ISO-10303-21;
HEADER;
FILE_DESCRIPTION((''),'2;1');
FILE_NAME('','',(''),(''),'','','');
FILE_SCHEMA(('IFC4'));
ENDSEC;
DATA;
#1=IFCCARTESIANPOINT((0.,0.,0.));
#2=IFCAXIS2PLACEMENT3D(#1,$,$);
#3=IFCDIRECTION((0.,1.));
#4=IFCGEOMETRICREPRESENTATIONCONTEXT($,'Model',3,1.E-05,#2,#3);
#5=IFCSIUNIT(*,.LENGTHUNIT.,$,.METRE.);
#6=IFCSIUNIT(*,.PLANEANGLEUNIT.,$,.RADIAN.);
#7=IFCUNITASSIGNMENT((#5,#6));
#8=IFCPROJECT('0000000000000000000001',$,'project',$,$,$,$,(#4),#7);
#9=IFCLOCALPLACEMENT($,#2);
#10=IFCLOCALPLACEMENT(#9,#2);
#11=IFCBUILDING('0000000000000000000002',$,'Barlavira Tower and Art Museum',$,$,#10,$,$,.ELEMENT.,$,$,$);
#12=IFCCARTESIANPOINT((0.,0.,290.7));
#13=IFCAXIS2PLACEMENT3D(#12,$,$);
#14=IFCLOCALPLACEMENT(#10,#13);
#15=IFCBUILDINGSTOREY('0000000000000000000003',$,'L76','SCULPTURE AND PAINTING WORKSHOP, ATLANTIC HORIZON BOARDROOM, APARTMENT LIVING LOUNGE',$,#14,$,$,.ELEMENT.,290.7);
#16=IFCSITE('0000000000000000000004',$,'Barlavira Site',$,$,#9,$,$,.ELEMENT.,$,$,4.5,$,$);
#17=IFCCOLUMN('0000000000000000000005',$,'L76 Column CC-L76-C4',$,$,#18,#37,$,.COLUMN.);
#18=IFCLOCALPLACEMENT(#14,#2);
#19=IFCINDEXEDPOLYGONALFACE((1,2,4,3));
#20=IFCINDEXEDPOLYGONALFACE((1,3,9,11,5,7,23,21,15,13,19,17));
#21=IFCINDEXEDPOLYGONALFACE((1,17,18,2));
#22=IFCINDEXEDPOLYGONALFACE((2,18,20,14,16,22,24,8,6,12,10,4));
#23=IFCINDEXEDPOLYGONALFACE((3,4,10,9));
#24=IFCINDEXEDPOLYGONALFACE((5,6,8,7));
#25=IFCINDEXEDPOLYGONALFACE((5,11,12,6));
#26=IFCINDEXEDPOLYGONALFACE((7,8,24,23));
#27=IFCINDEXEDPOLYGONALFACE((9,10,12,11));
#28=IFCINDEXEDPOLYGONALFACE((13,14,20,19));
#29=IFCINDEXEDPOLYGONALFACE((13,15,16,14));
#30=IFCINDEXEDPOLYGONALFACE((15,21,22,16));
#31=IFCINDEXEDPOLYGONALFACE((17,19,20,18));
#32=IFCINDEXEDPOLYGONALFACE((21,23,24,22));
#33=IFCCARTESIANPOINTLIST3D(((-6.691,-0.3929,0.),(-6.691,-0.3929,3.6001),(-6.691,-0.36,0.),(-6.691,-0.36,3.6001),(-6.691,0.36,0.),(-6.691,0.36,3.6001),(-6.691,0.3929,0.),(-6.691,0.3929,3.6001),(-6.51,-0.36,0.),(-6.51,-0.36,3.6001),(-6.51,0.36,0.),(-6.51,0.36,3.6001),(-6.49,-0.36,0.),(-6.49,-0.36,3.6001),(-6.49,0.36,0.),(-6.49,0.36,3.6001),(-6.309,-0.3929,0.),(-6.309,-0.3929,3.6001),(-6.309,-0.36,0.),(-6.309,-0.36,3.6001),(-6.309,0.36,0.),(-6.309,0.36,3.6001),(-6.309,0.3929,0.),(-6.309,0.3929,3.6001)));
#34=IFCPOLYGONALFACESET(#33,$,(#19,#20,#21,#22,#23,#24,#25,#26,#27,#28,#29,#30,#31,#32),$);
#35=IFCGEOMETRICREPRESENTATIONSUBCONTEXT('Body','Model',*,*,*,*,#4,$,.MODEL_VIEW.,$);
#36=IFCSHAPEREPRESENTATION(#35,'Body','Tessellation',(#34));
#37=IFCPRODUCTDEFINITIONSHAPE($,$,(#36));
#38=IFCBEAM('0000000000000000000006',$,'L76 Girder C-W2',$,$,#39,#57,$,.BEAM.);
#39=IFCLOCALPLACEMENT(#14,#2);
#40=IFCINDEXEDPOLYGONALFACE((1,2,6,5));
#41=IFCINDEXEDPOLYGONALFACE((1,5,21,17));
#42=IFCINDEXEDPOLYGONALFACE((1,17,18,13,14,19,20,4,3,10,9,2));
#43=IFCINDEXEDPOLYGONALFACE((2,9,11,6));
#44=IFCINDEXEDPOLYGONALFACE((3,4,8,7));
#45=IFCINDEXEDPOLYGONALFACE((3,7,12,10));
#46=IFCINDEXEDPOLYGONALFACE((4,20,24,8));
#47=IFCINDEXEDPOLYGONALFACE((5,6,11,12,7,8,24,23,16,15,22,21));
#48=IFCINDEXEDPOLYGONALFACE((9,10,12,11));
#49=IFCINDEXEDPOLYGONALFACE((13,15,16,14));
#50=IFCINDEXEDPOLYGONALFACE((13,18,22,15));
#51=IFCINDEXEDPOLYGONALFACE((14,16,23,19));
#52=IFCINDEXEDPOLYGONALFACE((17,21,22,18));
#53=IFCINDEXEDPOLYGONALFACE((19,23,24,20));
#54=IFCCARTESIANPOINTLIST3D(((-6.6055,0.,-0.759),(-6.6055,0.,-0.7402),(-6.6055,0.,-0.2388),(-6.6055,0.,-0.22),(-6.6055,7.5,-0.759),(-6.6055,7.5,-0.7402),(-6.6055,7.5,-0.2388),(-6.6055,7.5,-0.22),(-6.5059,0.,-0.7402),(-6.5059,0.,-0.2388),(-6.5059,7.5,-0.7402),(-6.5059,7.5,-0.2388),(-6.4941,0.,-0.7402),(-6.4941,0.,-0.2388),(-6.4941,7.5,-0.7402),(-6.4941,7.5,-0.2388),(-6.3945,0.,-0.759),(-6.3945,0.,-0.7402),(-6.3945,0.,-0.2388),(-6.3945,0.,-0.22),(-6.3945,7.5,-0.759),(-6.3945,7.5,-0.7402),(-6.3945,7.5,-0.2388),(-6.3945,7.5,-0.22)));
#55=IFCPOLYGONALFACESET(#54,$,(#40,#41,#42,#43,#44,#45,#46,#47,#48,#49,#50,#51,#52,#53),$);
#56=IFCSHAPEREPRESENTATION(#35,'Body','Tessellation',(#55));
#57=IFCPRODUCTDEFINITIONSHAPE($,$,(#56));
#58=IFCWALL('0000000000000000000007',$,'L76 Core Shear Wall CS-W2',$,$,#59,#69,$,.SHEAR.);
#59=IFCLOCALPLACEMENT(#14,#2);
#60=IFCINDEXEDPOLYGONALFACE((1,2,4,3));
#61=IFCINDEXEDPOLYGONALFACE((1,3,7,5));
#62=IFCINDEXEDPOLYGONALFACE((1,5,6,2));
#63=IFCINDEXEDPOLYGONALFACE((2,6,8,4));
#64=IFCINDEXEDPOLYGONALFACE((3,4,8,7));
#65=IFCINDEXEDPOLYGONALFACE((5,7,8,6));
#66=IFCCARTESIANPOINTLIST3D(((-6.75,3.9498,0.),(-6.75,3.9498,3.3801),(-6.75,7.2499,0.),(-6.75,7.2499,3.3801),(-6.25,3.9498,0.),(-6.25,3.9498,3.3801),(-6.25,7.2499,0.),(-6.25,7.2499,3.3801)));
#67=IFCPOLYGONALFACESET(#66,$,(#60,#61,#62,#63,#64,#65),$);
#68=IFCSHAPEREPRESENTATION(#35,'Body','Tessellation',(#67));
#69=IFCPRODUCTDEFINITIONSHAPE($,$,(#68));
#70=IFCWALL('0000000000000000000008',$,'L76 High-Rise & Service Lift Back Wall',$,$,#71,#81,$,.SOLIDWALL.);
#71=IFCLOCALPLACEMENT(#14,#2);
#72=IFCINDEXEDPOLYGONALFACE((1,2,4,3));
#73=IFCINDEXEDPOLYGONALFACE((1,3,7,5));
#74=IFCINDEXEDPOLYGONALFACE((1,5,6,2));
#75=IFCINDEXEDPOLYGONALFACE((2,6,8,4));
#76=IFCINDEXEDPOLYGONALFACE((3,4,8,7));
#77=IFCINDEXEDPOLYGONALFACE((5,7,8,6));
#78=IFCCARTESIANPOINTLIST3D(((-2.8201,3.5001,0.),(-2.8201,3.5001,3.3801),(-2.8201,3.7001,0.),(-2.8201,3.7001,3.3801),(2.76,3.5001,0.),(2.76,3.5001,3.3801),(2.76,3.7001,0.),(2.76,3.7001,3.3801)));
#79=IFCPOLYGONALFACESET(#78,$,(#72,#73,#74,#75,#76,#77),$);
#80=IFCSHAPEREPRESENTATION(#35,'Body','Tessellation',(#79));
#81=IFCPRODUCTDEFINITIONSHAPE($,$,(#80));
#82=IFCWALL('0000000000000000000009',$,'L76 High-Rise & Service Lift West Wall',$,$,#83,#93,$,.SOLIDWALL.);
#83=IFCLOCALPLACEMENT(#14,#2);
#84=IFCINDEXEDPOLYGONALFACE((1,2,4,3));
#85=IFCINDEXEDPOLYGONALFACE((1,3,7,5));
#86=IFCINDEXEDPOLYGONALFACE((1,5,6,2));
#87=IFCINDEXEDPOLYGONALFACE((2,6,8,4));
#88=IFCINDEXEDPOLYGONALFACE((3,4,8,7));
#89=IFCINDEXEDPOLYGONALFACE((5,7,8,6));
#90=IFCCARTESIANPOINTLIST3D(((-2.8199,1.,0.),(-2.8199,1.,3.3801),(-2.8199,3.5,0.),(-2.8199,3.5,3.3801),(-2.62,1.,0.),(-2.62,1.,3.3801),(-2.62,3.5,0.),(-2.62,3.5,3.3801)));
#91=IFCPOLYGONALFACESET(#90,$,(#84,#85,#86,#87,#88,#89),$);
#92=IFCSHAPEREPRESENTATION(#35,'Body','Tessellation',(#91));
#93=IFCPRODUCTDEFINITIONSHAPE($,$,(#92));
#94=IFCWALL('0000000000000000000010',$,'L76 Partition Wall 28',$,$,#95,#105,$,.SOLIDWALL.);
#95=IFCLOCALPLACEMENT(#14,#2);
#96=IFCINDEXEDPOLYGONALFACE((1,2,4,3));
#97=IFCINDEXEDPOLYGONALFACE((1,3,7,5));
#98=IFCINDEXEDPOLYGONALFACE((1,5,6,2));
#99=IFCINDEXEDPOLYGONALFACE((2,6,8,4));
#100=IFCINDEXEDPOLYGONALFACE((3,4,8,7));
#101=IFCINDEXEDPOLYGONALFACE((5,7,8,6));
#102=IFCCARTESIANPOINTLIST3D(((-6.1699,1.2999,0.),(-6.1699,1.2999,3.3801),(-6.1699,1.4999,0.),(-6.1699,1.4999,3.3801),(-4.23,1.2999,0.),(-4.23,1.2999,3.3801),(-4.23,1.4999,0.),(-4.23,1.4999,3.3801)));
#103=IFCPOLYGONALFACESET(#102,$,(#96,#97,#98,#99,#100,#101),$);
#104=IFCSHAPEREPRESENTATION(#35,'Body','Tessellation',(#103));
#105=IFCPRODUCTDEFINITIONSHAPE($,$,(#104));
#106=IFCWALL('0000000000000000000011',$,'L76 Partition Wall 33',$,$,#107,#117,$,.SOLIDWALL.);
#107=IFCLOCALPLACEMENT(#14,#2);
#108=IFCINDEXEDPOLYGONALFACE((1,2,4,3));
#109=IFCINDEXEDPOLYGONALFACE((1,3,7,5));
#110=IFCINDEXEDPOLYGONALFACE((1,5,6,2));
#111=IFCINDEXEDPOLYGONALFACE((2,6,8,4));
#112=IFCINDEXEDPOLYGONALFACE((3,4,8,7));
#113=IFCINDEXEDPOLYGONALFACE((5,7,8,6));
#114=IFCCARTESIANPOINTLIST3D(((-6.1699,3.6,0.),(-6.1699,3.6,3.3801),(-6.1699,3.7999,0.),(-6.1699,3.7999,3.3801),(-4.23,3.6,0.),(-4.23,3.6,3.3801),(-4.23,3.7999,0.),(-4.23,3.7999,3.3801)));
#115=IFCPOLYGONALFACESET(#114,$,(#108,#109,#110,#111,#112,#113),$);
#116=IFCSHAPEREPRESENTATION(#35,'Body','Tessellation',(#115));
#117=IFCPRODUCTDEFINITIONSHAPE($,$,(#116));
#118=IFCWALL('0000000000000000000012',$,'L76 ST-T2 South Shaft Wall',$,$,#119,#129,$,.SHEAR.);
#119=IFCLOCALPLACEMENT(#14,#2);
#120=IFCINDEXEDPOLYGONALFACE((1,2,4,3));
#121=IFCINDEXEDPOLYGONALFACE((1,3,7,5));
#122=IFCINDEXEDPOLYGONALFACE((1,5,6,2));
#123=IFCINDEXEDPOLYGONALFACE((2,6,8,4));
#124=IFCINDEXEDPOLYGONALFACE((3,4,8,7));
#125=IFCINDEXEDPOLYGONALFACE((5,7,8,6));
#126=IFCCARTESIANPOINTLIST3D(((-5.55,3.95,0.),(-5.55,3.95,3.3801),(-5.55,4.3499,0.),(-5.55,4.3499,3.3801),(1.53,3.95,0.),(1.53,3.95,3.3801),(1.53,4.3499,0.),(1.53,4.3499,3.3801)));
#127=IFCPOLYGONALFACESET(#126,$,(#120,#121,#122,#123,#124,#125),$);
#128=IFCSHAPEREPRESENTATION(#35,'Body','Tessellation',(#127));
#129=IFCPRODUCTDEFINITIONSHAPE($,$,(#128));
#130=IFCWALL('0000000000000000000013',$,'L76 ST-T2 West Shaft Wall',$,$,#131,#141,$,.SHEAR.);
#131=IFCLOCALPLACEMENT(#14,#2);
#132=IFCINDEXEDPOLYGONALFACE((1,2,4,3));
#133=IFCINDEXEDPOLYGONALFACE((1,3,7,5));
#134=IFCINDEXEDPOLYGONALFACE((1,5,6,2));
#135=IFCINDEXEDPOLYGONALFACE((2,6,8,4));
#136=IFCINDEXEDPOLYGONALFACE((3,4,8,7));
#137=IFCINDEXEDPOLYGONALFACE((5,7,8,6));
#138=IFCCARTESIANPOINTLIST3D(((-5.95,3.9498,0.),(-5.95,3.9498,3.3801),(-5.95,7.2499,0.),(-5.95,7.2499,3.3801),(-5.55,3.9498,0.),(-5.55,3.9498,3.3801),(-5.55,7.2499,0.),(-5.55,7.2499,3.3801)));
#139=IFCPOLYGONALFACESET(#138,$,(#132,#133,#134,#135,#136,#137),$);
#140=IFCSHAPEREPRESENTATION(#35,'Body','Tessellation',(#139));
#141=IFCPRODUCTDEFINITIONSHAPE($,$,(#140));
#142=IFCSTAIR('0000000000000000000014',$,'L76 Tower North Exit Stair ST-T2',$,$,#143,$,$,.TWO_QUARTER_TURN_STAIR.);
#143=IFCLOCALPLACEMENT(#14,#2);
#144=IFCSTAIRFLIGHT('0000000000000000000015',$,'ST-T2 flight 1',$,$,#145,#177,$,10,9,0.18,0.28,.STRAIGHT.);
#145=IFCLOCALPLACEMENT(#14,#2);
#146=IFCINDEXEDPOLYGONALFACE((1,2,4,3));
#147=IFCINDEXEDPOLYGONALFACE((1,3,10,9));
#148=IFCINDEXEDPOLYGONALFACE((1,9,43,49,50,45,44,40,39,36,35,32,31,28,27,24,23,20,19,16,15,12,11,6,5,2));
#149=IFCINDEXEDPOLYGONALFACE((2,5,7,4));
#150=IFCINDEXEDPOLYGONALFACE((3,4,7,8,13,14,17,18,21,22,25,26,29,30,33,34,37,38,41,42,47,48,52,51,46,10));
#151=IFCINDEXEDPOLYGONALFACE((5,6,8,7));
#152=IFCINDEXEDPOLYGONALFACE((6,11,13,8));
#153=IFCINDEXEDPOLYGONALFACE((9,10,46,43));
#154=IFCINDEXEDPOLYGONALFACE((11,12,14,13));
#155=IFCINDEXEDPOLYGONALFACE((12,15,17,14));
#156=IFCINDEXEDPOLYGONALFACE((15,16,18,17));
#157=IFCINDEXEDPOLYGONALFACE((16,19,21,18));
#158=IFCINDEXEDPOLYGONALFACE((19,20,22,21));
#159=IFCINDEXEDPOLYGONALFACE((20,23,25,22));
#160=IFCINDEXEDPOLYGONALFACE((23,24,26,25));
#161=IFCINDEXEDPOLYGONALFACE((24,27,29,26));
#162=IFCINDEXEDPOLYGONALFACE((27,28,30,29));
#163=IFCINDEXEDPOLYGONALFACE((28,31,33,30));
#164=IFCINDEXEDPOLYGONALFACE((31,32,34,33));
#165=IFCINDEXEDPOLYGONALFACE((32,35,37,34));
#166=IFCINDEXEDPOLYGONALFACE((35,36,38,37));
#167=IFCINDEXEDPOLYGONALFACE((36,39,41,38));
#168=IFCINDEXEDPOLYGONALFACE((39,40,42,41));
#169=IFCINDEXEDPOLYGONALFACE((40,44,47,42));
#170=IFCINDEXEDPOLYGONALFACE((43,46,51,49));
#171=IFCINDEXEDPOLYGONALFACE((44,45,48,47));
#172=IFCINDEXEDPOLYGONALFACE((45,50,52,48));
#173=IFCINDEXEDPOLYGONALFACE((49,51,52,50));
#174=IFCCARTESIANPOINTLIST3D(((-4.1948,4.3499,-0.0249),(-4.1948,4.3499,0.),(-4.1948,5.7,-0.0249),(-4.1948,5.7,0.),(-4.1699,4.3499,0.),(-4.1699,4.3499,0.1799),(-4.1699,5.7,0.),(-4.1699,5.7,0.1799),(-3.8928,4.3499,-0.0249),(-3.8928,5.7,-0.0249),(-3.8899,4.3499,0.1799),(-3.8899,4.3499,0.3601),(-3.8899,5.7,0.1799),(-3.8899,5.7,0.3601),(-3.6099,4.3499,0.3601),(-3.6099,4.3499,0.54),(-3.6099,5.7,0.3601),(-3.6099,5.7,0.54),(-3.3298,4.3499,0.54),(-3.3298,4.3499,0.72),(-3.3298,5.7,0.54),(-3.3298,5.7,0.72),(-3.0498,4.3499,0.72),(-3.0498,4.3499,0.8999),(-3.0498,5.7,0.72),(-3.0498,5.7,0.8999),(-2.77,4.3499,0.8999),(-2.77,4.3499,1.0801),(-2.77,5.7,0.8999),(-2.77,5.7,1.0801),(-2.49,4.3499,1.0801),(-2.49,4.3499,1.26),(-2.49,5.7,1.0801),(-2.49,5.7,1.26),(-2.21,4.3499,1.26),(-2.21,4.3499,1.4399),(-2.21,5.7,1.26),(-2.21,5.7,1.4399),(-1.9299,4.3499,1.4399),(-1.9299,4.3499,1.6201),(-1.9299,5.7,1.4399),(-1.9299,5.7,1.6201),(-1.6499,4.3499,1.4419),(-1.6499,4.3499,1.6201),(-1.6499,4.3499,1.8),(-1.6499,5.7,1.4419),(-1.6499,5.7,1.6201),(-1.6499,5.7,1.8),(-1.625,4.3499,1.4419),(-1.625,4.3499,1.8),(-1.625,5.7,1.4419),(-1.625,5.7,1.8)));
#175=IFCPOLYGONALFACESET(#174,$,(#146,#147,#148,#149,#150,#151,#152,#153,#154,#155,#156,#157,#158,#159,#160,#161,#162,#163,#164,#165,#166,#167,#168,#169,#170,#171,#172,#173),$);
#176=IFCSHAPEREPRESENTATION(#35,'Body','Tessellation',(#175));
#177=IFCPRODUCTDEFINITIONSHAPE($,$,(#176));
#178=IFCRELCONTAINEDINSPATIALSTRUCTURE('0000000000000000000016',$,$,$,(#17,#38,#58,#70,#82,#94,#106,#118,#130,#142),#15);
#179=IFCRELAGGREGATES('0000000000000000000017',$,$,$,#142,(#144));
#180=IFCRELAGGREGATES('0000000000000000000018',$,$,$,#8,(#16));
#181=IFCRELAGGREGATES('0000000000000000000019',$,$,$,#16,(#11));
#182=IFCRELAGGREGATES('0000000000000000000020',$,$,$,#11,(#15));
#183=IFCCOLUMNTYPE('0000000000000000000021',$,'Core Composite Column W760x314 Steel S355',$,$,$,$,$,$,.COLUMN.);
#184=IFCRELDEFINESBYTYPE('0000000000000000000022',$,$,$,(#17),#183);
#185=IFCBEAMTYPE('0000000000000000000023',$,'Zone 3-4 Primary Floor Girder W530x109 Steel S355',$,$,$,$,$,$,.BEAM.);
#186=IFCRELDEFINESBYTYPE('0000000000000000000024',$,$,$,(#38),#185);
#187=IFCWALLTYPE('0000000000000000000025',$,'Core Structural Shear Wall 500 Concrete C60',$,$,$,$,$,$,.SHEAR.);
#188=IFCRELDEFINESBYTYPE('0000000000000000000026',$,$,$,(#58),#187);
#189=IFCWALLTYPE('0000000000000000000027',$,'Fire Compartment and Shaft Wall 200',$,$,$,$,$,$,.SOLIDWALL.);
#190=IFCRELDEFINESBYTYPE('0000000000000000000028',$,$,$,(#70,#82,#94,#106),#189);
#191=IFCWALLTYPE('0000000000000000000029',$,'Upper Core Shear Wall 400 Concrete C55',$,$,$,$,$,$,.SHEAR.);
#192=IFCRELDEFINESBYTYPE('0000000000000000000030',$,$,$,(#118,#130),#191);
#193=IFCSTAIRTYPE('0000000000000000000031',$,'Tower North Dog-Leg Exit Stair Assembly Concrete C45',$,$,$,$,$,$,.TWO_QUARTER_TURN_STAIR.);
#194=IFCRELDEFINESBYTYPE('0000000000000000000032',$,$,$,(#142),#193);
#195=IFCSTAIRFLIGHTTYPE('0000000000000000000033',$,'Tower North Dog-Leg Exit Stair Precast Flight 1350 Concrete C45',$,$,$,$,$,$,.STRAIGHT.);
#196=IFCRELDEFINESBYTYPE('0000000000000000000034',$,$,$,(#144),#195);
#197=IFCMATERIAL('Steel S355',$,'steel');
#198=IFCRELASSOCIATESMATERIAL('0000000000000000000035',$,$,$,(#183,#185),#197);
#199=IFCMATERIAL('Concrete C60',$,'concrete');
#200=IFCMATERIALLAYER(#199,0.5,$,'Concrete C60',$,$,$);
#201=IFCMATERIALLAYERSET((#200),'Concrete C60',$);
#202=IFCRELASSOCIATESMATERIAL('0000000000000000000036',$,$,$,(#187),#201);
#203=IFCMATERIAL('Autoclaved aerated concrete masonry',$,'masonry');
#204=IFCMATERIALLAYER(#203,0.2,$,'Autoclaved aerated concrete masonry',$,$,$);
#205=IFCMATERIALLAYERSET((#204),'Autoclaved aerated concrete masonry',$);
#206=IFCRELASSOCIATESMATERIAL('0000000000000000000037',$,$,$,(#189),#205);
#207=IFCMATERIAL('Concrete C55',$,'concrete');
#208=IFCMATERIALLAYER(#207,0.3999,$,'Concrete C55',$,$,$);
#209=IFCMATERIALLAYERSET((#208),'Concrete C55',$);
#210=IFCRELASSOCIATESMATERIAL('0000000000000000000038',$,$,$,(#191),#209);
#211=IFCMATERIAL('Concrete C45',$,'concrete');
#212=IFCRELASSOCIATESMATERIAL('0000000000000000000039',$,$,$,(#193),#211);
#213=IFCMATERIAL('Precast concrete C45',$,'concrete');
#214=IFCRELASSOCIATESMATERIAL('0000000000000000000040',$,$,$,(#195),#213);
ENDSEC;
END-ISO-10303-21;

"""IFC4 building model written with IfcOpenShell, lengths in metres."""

from ifc_helpers import new_model, si_unit, direction, frame, frame_2d, origin, origin_2d, place, context, subcontext, project, spatial, polyline, rectangle, i_section, outline, extrude, material, layer, layer_set, material_profile, profile_set, type_object, element, aggregate, save


model = new_model("IFC4")

# Units and contexts
model_context = context("Model", 3, precision=1e-05, world=origin(), true_north=direction((0.0, 1.0)))
body_context = subcontext(model_context, "Body", "Model", "MODEL_VIEW")
ifc_project = project(units=[si_unit("LENGTHUNIT", "METRE"), si_unit("PLANEANGLEUNIT", "RADIAN")], contexts=[model_context])

# Site, building, storey
site_placement = place(None, origin())
site = spatial("IfcSite", under=ifc_project, at=site_placement, Name="Barlavira Site", CompositionType="ELEMENT", RefElevation=4.5)
building_placement = place(site_placement, origin())
building = spatial("IfcBuilding", under=site, at=building_placement, Name="Barlavira Tower and Art Museum", CompositionType="ELEMENT")
storey_placement = place(building_placement, frame((0.0, 0.0, 290.7)))
storey = spatial("IfcBuildingStorey", under=building, at=storey_placement, Name="L76", Description="SCULPTURE AND PAINTING WORKSHOP, ATLANTIC HORIZON BOARDROOM, APARTMENT LIVING LOUNGE", CompositionType="ELEMENT", Elevation=290.7)

# Column
ifc_material_1 = material(Name="Steel S355", Category="steel")
ifc_material_profile_1 = material_profile(ifc_material_1, i_section(OverallWidth=0.3821, OverallDepth=0.7859, WebThickness=0.02, FlangeThickness=0.033, at=origin_2d()), Name="W760x314.0")
ifc_profile_set_1 = profile_set([ifc_material_profile_1], Name="Steel S355")
column_type = type_object("IfcColumnType", Name="Core Composite Column W760x314 Steel S355", PredefinedType="COLUMN", material=ifc_profile_set_1)
column_placement = place(storey_placement, frame((-6.5, 0.0, 0.0), z_axis=(0.0, 0.0, 1.0), x_axis=(1.0, 0.0, 0.0)))
element("IfcColumn", 1, at=column_placement, inside=storey, type_object=column_type, Name="L76 Column CC-L76-C4", PredefinedType="COLUMN", context=body_context, shape_type="SweptSolid", body=[
    extrude(i_section(OverallWidth=0.3821, OverallDepth=0.7859, WebThickness=0.02, FlangeThickness=0.033, at=origin_2d()), origin(), (0.0, 0.0, 1.0), 3.6001),
])

# Beam
ifc_material_profile_2 = material_profile(ifc_material_1, i_section(OverallWidth=0.2109, OverallDepth=0.5391, WebThickness=0.0117, FlangeThickness=0.0188, at=origin_2d()), Name="W530x109.0")
ifc_profile_set_2 = profile_set([ifc_material_profile_2], Name="Steel S355")
beam_type = type_object("IfcBeamType", Name="Zone 3-4 Primary Floor Girder W530x109 Steel S355", PredefinedType="BEAM", material=ifc_profile_set_2)
beam_placement = place(storey_placement, frame((-6.5, 0.0, -0.4895), z_axis=(0.0, 1.0, 0.0), x_axis=(-1.0, 0.0, 0.0)))
element("IfcBeam", 2, at=beam_placement, inside=storey, type_object=beam_type, Name="L76 Girder C-W2", PredefinedType="BEAM", context=body_context, shape_type="SweptSolid", body=[
    extrude(i_section(OverallWidth=0.2109, OverallDepth=0.5391, WebThickness=0.0117, FlangeThickness=0.0188, at=origin_2d()), origin(), (0.0, 0.0, 1.0), 7.5),
])

# Wall
ifc_material_2 = material(Name="Concrete C60", Category="concrete")
ifc_layer_1 = layer(ifc_material_2, 0.5, Name="Concrete C60")
ifc_layer_set_1 = layer_set([ifc_layer_1], Name="Concrete C60")
wall_type_1 = type_object("IfcWallType", Name="Core Structural Shear Wall 500 Concrete C60", PredefinedType="SHEAR", material=ifc_layer_set_1)
wall_1_placement = place(storey_placement, frame((-6.5, 3.95, 0.0), z_axis=(0.0, 0.0, 1.0), x_axis=(0.0, 1.0, 0.0)))
element("IfcWall", 3, at=wall_1_placement, inside=storey, type_object=wall_type_1, Name="L76 Core Shear Wall CS-W2", PredefinedType="SHEAR", context=body_context, shape_type="SweptSolid", body=[
    extrude(rectangle(XDim=3.3, YDim=0.5, at=frame_2d((1.6499, 0.0))), origin(), (0.0, 0.0, 1.0), 3.3801),
])

# Shared definitions
ifc_material_3 = material(Name="Autoclaved aerated concrete masonry", Category="masonry")
ifc_layer_2 = layer(ifc_material_3, 0.2, Name="Autoclaved aerated concrete masonry")
ifc_layer_set_2 = layer_set([ifc_layer_2], Name="Autoclaved aerated concrete masonry")
wall_type_2 = type_object("IfcWallType", Name="Fire Compartment and Shaft Wall 200", PredefinedType="SOLIDWALL", material=ifc_layer_set_2)

# Walls
wall_2_placement = place(storey_placement, frame((-2.8201, 3.6001, 0.0), z_axis=(0.0, 0.0, 1.0), x_axis=(1.0, 0.0, 0.0)))
element("IfcWall", 4, at=wall_2_placement, inside=storey, type_object=wall_type_2, Name="L76 High-Rise & Service Lift Back Wall", PredefinedType="SOLIDWALL", context=body_context, shape_type="SweptSolid", body=[
    extrude(rectangle(XDim=5.5801, YDim=0.2, at=frame_2d((2.79, 0.0))), origin(), (0.0, 0.0, 1.0), 3.3801),
])
wall_3_placement = place(storey_placement, frame((-2.72, 1.0, 0.0), z_axis=(0.0, 0.0, 1.0), x_axis=(0.0, 1.0, 0.0)))
element("IfcWall", 5, at=wall_3_placement, inside=storey, type_object=wall_type_2, Name="L76 High-Rise & Service Lift West Wall", PredefinedType="SOLIDWALL", context=body_context, shape_type="SweptSolid", body=[
    extrude(rectangle(XDim=2.5, YDim=0.2, at=frame_2d((1.25, 0.0))), origin(), (0.0, 0.0, 1.0), 3.3801),
])
for number, where, z_axis, x_axis, name in (
    (6, (-6.1699, 1.3999, 0.0), (0.0, 0.0, 1.0), (1.0, 0.0, 0.0), "L76 Partition Wall 28"),
    (7, (-6.1699, 3.7, 0.0), (0.0, 0.0, 1.0), (1.0, 0.0, 0.0), "L76 Partition Wall 33"),
):
    element("IfcWall", number, at=place(storey_placement, frame(where, z_axis=z_axis, x_axis=x_axis)), inside=storey, type_object=wall_type_2, Name=name, PredefinedType="SOLIDWALL", context=body_context, shape_type="SweptSolid", body=[
        extrude(rectangle(XDim=1.9399, YDim=0.2, at=frame_2d((0.97, 0.0))), origin(), (0.0, 0.0, 1.0), 3.3801),
    ])
ifc_material_4 = material(Name="Concrete C55", Category="concrete")
ifc_layer_3 = layer(ifc_material_4, 0.3999, Name="Concrete C55")
ifc_layer_set_3 = layer_set([ifc_layer_3], Name="Concrete C55")
wall_type_3 = type_object("IfcWallType", Name="Upper Core Shear Wall 400 Concrete C55", PredefinedType="SHEAR", material=ifc_layer_set_3)
wall_4_placement = place(storey_placement, frame((-5.55, 4.1499, 0.0), z_axis=(0.0, 0.0, 1.0), x_axis=(1.0, 0.0, 0.0)))
element("IfcWall", 8, at=wall_4_placement, inside=storey, type_object=wall_type_3, Name="L76 ST-T2 South Shaft Wall", PredefinedType="SHEAR", context=body_context, shape_type="SweptSolid", body=[
    extrude(rectangle(XDim=7.0801, YDim=0.3999, at=frame_2d((3.54, 0.0))), origin(), (0.0, 0.0, 1.0), 3.3801),
])
wall_5_placement = place(storey_placement, frame((-5.75, 3.95, 0.0), z_axis=(0.0, 0.0, 1.0), x_axis=(0.0, 1.0, 0.0)))
element("IfcWall", 9, at=wall_5_placement, inside=storey, type_object=wall_type_3, Name="L76 ST-T2 West Shaft Wall", PredefinedType="SHEAR", context=body_context, shape_type="SweptSolid", body=[
    extrude(rectangle(XDim=3.3, YDim=0.3999, at=frame_2d((1.6499, 0.0))), origin(), (0.0, 0.0, 1.0), 3.3801),
])

# Stair, stair flight
ifc_material_5 = material(Name="Concrete C45", Category="concrete")
stair_type = type_object("IfcStairType", Name="Tower North Dog-Leg Exit Stair Assembly Concrete C45", PredefinedType="TWO_QUARTER_TURN_STAIR", material=ifc_material_5)
stair_placement = place(storey_placement, origin())
stair = element("IfcStair", 10, at=stair_placement, inside=storey, type_object=stair_type, Name="L76 Tower North Exit Stair ST-T2", PredefinedType="TWO_QUARTER_TURN_STAIR")
ifc_material_6 = material(Name="Precast concrete C45", Category="concrete")
stair_flight_type = type_object("IfcStairFlightType", Name="Tower North Dog-Leg Exit Stair Precast Flight 1350 Concrete C45", PredefinedType="STRAIGHT", material=ifc_material_6)
stair_flight_1_placement = place(storey_placement, frame((-4.1699, 5.0249, 0.0), z_axis=(0.0, 0.0, 1.0), x_axis=(1.0, 0.0, 0.0)))
stair_flight_1 = element("IfcStairFlight", 11, at=stair_flight_1_placement, type_object=stair_flight_type, Name="ST-T2 flight 1", NumberOfRisers=10, NumberOfTreads=9, PredefinedType="STRAIGHT", RiserHeight=0.18, TreadLength=0.28, context=body_context, shape_type="SweptSolid", body=[
    extrude(outline(polyline([(-0.0249, 0.0), (0.0, 0.0), (0.0, 0.1799), (0.28, 0.1799), (0.28, 0.3601), (0.5601, 0.3601), (0.5601, 0.54), (0.8401, 0.54), (0.8401, 0.72), (1.1201, 0.72), (1.1201, 0.8999), (1.3999, 0.8999), (1.3999, 1.0801), (1.6799, 1.0801), (1.6799, 1.26), (1.96, 1.26), (1.96, 1.4399), (2.24, 1.4399), (2.24, 1.6201), (2.52, 1.6201), (2.52, 1.8), (2.5449, 1.8), (2.5449, 1.4419), (2.52, 1.4419), (0.2771, -0.0249), (-0.0249, -0.0249), (-0.0249, 0.0)])), frame((0.0, 0.675, 0.0), z_axis=(0.0, -1.0, 0.0), x_axis=(1.0, 0.0, 0.0)), (0.0, 0.0, 1.0), 1.3501),
])
aggregate(stair, [stair_flight_1])

save(model, "model.ifc")
